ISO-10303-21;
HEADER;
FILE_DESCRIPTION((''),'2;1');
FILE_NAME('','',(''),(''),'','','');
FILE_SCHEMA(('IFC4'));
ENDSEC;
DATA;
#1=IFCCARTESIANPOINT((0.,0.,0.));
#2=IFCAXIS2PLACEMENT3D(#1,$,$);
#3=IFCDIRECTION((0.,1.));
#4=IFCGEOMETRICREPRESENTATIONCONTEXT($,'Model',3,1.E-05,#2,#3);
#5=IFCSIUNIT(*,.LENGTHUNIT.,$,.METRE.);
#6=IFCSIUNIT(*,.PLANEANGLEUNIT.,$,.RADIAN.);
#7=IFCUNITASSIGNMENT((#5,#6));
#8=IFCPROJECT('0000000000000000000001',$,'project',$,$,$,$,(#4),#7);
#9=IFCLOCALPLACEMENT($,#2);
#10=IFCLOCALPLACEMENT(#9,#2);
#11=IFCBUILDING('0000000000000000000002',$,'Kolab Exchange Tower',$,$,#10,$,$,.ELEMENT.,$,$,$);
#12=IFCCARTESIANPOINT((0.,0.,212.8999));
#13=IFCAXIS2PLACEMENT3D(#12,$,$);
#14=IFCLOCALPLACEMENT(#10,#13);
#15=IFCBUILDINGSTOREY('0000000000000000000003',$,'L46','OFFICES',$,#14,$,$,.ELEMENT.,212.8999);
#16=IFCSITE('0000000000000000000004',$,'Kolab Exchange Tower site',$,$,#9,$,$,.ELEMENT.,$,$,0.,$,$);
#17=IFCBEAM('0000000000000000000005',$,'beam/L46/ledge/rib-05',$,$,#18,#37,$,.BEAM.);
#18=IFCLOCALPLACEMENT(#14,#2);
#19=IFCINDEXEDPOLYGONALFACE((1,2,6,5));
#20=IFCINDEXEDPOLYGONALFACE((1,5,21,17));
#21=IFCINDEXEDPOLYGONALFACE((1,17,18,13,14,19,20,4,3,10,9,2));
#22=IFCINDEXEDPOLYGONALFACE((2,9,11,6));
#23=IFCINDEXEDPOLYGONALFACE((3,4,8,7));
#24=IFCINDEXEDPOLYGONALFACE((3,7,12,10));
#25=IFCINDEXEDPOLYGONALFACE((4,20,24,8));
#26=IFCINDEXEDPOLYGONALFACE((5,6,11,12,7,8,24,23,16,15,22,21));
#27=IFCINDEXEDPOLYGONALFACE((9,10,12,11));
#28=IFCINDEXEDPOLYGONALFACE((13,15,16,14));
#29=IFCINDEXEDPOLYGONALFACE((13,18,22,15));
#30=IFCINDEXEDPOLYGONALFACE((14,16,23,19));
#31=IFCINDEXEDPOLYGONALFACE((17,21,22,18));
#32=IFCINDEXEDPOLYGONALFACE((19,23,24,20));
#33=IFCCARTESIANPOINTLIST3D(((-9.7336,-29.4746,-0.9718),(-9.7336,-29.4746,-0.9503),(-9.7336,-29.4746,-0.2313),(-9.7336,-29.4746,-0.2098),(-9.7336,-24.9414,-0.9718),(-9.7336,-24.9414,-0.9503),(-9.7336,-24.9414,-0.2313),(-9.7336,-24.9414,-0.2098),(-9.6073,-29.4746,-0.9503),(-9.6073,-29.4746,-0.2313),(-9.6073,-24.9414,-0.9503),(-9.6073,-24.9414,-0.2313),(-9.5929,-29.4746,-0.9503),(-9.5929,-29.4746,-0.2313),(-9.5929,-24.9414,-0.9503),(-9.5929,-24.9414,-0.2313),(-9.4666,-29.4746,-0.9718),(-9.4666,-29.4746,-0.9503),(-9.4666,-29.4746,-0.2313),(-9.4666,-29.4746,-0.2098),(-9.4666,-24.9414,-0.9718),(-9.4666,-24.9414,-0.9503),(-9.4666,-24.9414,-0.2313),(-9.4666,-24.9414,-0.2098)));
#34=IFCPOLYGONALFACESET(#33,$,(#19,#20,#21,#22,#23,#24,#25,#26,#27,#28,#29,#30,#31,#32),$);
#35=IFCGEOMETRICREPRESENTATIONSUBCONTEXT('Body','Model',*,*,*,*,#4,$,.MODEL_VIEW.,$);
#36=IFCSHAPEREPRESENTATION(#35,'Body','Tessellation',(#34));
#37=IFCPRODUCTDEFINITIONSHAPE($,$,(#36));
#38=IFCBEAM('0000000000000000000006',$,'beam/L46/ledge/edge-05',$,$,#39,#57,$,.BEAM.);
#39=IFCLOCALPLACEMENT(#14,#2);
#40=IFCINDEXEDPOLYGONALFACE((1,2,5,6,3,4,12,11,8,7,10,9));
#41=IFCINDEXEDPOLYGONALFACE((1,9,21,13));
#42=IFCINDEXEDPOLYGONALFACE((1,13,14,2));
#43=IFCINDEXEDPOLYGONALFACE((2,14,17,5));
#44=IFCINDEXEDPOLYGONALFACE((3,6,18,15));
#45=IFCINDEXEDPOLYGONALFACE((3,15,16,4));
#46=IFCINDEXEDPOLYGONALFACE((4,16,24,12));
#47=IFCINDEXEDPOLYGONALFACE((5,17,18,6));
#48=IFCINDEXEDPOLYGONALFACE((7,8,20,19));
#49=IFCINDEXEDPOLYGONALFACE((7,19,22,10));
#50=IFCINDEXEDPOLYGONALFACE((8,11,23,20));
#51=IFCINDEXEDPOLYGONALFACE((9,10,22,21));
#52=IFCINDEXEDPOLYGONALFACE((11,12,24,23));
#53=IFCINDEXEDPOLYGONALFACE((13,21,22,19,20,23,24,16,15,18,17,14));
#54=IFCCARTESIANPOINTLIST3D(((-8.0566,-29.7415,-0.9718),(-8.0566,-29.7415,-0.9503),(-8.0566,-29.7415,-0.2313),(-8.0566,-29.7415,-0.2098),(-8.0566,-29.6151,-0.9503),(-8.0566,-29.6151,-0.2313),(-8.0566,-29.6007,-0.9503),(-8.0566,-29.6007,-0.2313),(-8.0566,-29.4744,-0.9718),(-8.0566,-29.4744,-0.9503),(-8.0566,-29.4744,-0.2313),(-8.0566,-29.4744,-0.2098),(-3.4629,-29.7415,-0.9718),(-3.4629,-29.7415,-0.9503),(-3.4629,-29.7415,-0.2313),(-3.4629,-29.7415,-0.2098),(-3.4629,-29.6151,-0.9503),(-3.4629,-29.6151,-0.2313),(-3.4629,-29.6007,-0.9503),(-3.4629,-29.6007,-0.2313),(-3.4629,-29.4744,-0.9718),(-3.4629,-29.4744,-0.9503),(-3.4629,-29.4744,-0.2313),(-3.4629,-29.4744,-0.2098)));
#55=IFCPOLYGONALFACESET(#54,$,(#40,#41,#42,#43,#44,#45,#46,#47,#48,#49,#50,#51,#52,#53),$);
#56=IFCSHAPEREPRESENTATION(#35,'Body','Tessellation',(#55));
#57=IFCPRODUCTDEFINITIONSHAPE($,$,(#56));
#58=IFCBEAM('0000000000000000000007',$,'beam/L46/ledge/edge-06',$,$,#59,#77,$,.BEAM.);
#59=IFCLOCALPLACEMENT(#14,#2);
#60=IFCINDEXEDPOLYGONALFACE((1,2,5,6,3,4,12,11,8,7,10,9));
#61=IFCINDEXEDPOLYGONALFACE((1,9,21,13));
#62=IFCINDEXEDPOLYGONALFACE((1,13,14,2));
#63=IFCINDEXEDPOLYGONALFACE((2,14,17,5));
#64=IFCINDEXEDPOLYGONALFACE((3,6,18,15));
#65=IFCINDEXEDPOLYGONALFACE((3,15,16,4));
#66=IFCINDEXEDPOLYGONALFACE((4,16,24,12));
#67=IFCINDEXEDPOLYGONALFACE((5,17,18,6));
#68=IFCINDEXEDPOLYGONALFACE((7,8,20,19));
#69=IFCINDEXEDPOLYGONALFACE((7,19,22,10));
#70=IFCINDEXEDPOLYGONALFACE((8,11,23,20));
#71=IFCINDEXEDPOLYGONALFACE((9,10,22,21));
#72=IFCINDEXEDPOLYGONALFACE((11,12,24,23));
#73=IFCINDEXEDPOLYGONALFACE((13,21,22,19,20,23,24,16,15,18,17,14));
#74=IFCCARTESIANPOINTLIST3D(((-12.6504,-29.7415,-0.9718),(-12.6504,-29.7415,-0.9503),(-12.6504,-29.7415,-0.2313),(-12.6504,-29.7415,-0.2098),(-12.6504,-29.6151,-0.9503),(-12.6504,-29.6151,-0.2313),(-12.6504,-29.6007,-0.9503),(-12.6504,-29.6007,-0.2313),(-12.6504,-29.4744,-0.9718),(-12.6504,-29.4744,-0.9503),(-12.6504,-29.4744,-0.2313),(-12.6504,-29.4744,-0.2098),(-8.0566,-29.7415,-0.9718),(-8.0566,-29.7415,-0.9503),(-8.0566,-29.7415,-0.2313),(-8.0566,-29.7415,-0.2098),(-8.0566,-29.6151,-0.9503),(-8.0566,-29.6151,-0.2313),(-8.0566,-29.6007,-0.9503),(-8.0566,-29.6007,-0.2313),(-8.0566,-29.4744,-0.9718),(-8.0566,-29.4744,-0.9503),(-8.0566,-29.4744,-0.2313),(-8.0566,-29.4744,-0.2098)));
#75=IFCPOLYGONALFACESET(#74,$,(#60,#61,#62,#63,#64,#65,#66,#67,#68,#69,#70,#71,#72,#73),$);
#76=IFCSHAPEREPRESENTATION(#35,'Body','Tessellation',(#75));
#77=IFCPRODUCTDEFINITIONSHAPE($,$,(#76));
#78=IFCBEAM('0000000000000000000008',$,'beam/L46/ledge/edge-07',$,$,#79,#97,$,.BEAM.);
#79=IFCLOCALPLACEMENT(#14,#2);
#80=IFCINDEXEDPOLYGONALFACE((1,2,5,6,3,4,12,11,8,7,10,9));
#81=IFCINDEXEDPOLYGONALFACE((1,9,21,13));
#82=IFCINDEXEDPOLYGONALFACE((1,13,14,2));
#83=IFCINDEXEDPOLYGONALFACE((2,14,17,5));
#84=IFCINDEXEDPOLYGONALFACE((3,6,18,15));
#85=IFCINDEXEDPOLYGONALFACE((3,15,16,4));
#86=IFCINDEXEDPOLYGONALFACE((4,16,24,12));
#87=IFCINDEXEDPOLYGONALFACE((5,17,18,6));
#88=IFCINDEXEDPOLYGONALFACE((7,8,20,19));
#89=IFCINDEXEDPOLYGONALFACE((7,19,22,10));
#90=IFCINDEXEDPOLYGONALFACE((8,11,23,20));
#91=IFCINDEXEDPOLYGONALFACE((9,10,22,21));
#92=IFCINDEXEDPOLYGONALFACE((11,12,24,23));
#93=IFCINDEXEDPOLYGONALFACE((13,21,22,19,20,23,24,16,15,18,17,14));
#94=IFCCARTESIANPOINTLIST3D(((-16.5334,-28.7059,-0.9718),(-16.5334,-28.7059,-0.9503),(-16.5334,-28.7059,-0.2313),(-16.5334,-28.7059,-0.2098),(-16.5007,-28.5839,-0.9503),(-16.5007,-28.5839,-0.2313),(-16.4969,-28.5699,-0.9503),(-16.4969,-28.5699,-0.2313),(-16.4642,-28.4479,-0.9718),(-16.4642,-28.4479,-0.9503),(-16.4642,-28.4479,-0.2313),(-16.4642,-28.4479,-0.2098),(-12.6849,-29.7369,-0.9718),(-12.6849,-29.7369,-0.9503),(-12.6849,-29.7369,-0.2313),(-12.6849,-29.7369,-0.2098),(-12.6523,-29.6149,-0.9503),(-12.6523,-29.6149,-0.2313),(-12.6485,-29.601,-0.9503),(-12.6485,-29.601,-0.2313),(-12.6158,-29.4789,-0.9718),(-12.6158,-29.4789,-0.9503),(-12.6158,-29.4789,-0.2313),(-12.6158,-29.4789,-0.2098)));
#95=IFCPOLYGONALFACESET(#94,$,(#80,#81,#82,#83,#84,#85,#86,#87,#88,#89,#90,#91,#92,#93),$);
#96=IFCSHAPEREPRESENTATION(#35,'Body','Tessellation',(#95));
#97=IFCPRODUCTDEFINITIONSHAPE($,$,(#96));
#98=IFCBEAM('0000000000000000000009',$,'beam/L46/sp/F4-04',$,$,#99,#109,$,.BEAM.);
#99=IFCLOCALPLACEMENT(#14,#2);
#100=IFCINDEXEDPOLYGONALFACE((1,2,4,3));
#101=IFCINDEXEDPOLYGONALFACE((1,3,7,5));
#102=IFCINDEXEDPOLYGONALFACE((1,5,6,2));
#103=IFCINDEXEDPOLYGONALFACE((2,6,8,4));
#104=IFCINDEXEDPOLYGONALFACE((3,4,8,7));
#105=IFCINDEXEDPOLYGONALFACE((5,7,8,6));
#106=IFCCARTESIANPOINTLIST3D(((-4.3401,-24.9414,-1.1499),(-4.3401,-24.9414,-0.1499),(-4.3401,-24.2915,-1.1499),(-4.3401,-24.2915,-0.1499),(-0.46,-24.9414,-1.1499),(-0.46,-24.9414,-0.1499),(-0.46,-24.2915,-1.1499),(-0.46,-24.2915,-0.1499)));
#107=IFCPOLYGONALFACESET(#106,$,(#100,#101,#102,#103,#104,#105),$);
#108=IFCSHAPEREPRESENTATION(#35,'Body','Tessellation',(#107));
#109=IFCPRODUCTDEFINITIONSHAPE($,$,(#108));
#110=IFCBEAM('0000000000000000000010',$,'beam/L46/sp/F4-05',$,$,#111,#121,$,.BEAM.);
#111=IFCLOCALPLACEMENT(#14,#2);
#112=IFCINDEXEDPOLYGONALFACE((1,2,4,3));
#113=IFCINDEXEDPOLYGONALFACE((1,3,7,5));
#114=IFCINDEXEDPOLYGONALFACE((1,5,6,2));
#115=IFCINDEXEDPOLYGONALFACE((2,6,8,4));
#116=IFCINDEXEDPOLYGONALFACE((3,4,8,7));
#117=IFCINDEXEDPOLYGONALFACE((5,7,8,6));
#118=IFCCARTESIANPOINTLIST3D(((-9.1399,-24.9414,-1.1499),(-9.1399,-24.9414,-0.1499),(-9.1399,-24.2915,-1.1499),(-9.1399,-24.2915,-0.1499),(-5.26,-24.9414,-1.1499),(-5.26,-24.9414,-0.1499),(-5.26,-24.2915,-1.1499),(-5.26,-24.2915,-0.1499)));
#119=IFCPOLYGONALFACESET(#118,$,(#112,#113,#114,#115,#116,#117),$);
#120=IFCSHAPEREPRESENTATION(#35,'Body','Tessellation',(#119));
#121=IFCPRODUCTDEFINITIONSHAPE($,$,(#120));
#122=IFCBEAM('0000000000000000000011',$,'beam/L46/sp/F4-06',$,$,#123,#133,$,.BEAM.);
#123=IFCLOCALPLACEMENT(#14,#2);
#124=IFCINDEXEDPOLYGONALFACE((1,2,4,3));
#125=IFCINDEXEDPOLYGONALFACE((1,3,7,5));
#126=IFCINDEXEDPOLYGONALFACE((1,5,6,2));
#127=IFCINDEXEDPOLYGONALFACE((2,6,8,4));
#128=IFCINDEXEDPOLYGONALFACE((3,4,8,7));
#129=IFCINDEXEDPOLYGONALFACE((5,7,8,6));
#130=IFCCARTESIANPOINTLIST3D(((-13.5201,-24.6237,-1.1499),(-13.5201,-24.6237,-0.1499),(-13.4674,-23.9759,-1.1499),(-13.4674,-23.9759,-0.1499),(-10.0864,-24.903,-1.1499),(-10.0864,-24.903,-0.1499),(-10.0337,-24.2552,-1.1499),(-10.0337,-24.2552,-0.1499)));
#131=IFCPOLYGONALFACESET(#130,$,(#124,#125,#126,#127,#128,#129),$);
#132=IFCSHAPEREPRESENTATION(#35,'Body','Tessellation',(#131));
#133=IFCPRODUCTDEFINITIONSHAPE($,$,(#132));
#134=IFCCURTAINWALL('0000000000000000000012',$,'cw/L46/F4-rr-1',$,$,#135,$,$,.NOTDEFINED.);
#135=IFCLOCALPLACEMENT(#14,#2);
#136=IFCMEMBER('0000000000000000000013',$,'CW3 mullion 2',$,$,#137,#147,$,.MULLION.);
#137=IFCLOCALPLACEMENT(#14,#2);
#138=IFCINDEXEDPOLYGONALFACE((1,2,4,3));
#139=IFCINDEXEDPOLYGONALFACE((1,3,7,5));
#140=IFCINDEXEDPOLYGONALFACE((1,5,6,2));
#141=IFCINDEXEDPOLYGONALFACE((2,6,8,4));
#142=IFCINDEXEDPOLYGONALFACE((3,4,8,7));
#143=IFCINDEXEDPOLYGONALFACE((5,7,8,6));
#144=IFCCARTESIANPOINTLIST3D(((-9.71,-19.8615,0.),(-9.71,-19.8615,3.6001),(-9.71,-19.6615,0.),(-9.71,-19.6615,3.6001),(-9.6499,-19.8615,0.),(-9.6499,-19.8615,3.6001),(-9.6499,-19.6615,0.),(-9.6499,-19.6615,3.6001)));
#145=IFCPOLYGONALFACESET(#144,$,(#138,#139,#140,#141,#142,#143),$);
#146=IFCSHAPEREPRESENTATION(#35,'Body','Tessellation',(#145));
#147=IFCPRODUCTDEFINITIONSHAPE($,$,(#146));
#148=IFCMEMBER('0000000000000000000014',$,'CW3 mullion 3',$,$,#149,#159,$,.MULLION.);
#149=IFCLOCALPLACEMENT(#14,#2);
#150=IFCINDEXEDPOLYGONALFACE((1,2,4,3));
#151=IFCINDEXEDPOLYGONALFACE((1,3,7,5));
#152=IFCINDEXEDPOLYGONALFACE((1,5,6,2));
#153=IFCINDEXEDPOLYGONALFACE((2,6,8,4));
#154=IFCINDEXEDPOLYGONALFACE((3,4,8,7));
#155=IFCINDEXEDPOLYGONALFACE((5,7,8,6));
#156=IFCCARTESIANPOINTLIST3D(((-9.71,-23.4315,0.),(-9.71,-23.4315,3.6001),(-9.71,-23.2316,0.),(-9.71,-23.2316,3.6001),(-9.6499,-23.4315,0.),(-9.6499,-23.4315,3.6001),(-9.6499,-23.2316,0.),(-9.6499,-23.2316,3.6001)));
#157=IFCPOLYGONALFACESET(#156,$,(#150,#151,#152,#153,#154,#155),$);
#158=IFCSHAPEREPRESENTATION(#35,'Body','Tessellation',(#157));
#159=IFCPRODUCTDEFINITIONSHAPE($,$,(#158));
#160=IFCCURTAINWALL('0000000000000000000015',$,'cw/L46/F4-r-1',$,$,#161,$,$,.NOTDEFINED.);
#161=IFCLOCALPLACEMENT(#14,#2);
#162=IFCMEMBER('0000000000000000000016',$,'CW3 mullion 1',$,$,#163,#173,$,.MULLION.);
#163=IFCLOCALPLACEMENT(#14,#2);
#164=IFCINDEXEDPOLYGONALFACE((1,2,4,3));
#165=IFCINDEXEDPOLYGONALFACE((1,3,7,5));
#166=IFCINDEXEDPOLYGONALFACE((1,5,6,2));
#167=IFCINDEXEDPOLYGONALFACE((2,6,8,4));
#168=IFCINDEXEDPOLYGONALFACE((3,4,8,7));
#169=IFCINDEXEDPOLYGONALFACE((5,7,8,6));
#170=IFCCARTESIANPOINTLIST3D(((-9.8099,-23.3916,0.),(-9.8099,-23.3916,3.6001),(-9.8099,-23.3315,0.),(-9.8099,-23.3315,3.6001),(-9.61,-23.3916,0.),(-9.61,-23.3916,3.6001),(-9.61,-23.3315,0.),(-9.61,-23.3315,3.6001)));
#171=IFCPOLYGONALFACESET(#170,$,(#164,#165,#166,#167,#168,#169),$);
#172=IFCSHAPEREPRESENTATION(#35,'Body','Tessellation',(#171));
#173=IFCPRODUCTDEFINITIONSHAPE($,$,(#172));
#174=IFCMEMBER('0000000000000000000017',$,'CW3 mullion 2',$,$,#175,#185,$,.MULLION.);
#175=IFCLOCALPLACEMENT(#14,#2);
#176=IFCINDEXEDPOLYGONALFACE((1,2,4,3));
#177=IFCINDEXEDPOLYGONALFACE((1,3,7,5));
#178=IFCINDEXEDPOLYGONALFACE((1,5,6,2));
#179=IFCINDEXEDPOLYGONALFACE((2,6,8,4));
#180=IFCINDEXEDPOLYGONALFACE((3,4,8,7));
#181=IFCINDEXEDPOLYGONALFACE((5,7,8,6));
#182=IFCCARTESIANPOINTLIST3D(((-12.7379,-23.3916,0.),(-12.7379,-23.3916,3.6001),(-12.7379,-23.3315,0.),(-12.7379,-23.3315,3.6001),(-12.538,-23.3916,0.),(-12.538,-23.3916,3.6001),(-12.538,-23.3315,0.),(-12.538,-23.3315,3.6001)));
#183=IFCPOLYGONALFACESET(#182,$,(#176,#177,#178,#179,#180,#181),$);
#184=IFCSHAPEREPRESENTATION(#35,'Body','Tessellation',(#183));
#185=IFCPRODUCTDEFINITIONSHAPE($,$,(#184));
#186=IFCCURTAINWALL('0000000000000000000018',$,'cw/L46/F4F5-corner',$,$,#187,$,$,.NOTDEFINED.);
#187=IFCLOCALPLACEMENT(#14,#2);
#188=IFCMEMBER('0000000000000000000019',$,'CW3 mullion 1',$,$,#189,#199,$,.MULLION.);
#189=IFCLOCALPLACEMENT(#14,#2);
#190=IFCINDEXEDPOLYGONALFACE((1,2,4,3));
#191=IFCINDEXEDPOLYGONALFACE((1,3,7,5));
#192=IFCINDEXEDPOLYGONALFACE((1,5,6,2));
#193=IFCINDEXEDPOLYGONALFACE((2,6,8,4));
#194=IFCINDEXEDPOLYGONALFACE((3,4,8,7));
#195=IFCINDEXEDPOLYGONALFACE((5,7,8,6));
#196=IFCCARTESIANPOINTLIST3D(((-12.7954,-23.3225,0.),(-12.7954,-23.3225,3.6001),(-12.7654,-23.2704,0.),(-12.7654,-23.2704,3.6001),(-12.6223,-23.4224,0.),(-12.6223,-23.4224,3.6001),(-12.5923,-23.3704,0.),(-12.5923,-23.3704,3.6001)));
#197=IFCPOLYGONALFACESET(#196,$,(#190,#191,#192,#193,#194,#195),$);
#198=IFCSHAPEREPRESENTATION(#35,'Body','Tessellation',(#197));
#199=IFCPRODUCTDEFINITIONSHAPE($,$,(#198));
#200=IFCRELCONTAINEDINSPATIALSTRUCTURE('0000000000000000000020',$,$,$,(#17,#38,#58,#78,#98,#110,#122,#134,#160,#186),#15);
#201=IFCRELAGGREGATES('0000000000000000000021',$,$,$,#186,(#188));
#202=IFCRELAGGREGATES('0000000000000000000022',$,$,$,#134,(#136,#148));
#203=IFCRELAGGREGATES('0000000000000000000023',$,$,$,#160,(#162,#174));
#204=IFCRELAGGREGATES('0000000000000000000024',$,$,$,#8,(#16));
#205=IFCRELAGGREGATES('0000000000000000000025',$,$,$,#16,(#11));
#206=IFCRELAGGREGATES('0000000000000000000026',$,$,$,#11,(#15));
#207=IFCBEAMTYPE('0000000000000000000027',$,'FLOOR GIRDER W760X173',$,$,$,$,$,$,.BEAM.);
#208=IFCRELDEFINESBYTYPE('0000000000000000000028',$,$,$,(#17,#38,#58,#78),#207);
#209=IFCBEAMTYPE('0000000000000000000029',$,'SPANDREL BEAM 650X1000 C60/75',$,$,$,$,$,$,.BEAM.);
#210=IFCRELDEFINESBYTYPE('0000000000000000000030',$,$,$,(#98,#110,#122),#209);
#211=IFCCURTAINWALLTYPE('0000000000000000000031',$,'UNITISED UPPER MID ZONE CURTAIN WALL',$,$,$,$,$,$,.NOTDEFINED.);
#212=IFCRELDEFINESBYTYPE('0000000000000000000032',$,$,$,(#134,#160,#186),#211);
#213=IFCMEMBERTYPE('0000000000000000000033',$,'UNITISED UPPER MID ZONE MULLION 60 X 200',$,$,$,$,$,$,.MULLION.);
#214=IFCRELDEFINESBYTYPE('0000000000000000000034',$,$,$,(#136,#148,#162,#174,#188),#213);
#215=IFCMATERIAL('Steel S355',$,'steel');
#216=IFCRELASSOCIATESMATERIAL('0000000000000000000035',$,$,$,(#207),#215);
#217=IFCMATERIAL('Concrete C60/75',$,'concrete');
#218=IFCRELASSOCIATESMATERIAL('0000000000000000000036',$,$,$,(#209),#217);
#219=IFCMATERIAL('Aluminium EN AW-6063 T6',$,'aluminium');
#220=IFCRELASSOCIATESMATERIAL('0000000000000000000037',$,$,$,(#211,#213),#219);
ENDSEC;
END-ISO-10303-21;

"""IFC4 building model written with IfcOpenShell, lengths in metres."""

from ifc_helpers import new_model, si_unit, direction, frame, origin, origin_2d, place, context, subcontext, project, spatial, rectangle, i_section, extrude, material, material_profile, profile_set, type_object, element, aggregate, save


model = new_model("IFC4")

# Units and contexts
model_context = context("Model", 3, precision=1e-05, world=origin(), true_north=direction((0.0, 1.0)))
body_context = subcontext(model_context, "Body", "Model", "MODEL_VIEW")
ifc_project = project(units=[si_unit("LENGTHUNIT", "METRE"), si_unit("PLANEANGLEUNIT", "RADIAN")], contexts=[model_context])

# Site, building, storey
site_placement = place(None, origin())
site = spatial("IfcSite", under=ifc_project, at=site_placement, Name="Kolab Exchange Tower site", CompositionType="ELEMENT", RefElevation=0.0)
building_placement = place(site_placement, origin())
building = spatial("IfcBuilding", under=site, at=building_placement, Name="Kolab Exchange Tower", CompositionType="ELEMENT")
storey_placement = place(building_placement, frame((0.0, 0.0, 212.8999)))
storey = spatial("IfcBuildingStorey", under=building, at=storey_placement, Name="L46", Description="OFFICES", CompositionType="ELEMENT", Elevation=212.8999)

# Shared definitions
ifc_material_1 = material(Name="Concrete C60/75", Category="concrete")

# Beams
ifc_material_2 = material(Name="Steel S355", Category="steel")
ifc_material_profile_1 = material_profile(ifc_material_2, i_section(OverallWidth=0.2671, OverallDepth=0.762, WebThickness=0.0144, FlangeThickness=0.0215, at=origin_2d()), Name="W760X173")
ifc_profile_set_1 = profile_set([ifc_material_profile_1], Name="Steel S355")
beam_type_1 = type_object("IfcBeamType", Name="FLOOR GIRDER W760X173", PredefinedType="BEAM", material=ifc_profile_set_1)
for number, where, z_axis, x_axis, name in (
    (1, (-9.6001, -24.9414, -0.5908), (0.0, -1.0, 0.0), (1.0, 0.0, 0.0), "beam/L46/ledge/rib-05"),
):
    element("IfcBeam", number, at=place(storey_placement, frame(where, z_axis=z_axis, x_axis=x_axis)), inside=storey, type_object=beam_type_1, Name=name, PredefinedType="BEAM", context=body_context, shape_type="SweptSolid", body=[
        extrude(i_section(OverallWidth=0.2671, OverallDepth=0.762, WebThickness=0.0144, FlangeThickness=0.0215, at=origin_2d()), origin(), (0.0, 0.0, 1.0), 4.5332),
    ])
for number, where, z_axis, x_axis, name in (
    (2, (-3.4629, -29.6079, -0.5908), (-1.0, 0.0, 0.0), (0.0, -1.0, 0.0), "beam/L46/ledge/edge-05"),
    (3, (-8.0566, -29.6079, -0.5908), (-1.0, 0.0, 0.0), (0.0, -1.0, 0.0), "beam/L46/ledge/edge-06"),
):
    element("IfcBeam", number, at=place(storey_placement, frame(where, z_axis=z_axis, x_axis=x_axis)), inside=storey, type_object=beam_type_1, Name=name, PredefinedType="BEAM", context=body_context, shape_type="SweptSolid", body=[
        extrude(i_section(OverallWidth=0.2671, OverallDepth=0.762, WebThickness=0.0144, FlangeThickness=0.0215, at=origin_2d()), origin(), (0.0, 0.0, 1.0), 4.5938),
    ])
beam_1_placement = place(storey_placement, frame((-12.6504, -29.6079, -0.5908), z_axis=(-0.965936, 0.25878, 0.0), x_axis=(-0.25878, -0.965936, 0.0)))
element("IfcBeam", 4, at=beam_1_placement, inside=storey, type_object=beam_type_1, Name="beam/L46/ledge/edge-07", PredefinedType="BEAM", context=body_context, shape_type="SweptSolid", body=[
    extrude(i_section(OverallWidth=0.2671, OverallDepth=0.762, WebThickness=0.0144, FlangeThickness=0.0215, at=origin_2d()), origin(), (0.0, 0.0, 1.0), 3.9841),
])
ifc_material_profile_2 = material_profile(ifc_material_1, rectangle(XDim=0.6499, YDim=1.0, at=origin_2d()), Name="RC650X1000")
ifc_profile_set_2 = profile_set([ifc_material_profile_2], Name="Concrete C60/75")
beam_type_2 = type_object("IfcBeamType", Name="SPANDREL BEAM 650X1000 C60/75", PredefinedType="BEAM", material=ifc_profile_set_2)
beam_2_placement = place(storey_placement, frame((-0.46, -24.6165, -0.6499), z_axis=(-1.0, 0.0, 0.0), x_axis=(0.0, -1.0, 0.0)))
element("IfcBeam", 5, at=beam_2_placement, inside=storey, type_object=beam_type_2, Name="beam/L46/sp/F4-04", PredefinedType="BEAM", context=body_context, shape_type="SweptSolid", body=[
    extrude(rectangle(XDim=0.6499, YDim=1.0, at=origin_2d()), origin(), (0.0, 0.0, 1.0), 3.8801),
])
beam_3_placement = place(storey_placement, frame((-5.26, -24.6165, -0.6499), z_axis=(-1.0, 0.0, 0.0), x_axis=(0.0, -1.0, 0.0)))
element("IfcBeam", 6, at=beam_3_placement, inside=storey, type_object=beam_type_2, Name="beam/L46/sp/F4-05", PredefinedType="BEAM", context=body_context, shape_type="SweptSolid", body=[
    extrude(rectangle(XDim=0.6499, YDim=1.0, at=origin_2d()), origin(), (0.0, 0.0, 1.0), 3.8799),
])
beam_4_placement = place(storey_placement, frame((-10.0601, -24.5791, -0.6499), z_axis=(-0.996708, 0.081069, 0.0), x_axis=(-0.081069, -0.996708, 0.0)))
element("IfcBeam", 7, at=beam_4_placement, inside=storey, type_object=beam_type_2, Name="beam/L46/sp/F4-06", PredefinedType="BEAM", context=body_context, shape_type="SweptSolid", body=[
    extrude(rectangle(XDim=0.6499, YDim=1.0, at=origin_2d()), origin(), (0.0, 0.0, 1.0), 3.4451),
])

# Curtain walls, members
ifc_material_3 = material(Name="Aluminium EN AW-6063 T6", Category="aluminium")
curtain_wall_type = type_object("IfcCurtainWallType", Name="UNITISED UPPER MID ZONE CURTAIN WALL", PredefinedType="NOTDEFINED", material=ifc_material_3)
curtain_wall_1_placement = place(storey_placement, origin())
curtain_wall_1 = element("IfcCurtainWall", 8, at=curtain_wall_1_placement, inside=storey, type_object=curtain_wall_type, Name="cw/L46/F4-rr-1", PredefinedType="NOTDEFINED")
ifc_material_profile_3 = material_profile(ifc_material_3, rectangle(XDim=0.0601, YDim=0.2, at=origin_2d()), Name="RECT 60X200")
ifc_profile_set_3 = profile_set([ifc_material_profile_3], Name="Aluminium EN AW-6063 T6")
member_type_1 = type_object("IfcMemberType", Name="UNITISED UPPER MID ZONE MULLION 60 X 200", PredefinedType="MULLION", material=ifc_profile_set_3)
member_1_placement = place(storey_placement, frame((-9.6799, -19.7615, 0.0), z_axis=(0.0, 0.0, 1.0), x_axis=(1.0, 0.0, 0.0)))
member_1 = element("IfcMember", 9, at=member_1_placement, type_object=member_type_1, Name="CW3 mullion 2", PredefinedType="MULLION", context=body_context, shape_type="SweptSolid", body=[
    extrude(rectangle(XDim=0.0601, YDim=0.2, at=origin_2d()), origin(), (0.0, 0.0, 1.0), 3.6001),
])
member_2_placement = place(storey_placement, frame((-9.6799, -23.3315, 0.0), z_axis=(0.0, 0.0, 1.0), x_axis=(1.0, 0.0, 0.0)))
member_2 = element("IfcMember", 10, at=member_2_placement, type_object=member_type_1, Name="CW3 mullion 3", PredefinedType="MULLION", context=body_context, shape_type="SweptSolid", body=[
    extrude(rectangle(XDim=0.0601, YDim=0.2, at=origin_2d()), origin(), (0.0, 0.0, 1.0), 3.6001),
])
curtain_wall_2_placement = place(storey_placement, origin())
curtain_wall_2 = element("IfcCurtainWall", 11, at=curtain_wall_2_placement, inside=storey, type_object=curtain_wall_type, Name="cw/L46/F4-r-1", PredefinedType="NOTDEFINED")
member_3_placement = place(storey_placement, frame((-9.71, -23.3616, 0.0), z_axis=(0.0, 0.0, 1.0), x_axis=(0.0, -1.0, 0.0)))
member_3 = element("IfcMember", 12, at=member_3_placement, type_object=member_type_1, Name="CW3 mullion 1", PredefinedType="MULLION", context=body_context, shape_type="SweptSolid", body=[
    extrude(rectangle(XDim=0.0601, YDim=0.2, at=origin_2d()), origin(), (0.0, 0.0, 1.0), 3.6001),
])
member_4_placement = place(storey_placement, frame((-12.6379, -23.3616, 0.0), z_axis=(0.0, 0.0, 1.0), x_axis=(0.0, -1.0, 0.0)))
member_4 = element("IfcMember", 13, at=member_4_placement, type_object=member_type_1, Name="CW3 mullion 2", PredefinedType="MULLION", context=body_context, shape_type="SweptSolid", body=[
    extrude(rectangle(XDim=0.0601, YDim=0.2, at=origin_2d()), origin(), (0.0, 0.0, 1.0), 3.6001),
])

# Curtain wall, member
curtain_wall_3_placement = place(storey_placement, origin())
curtain_wall_3 = element("IfcCurtainWall", 14, at=curtain_wall_3_placement, inside=storey, type_object=curtain_wall_type, Name="cw/L46/F4F5-corner", PredefinedType="NOTDEFINED")
member_5_placement = place(storey_placement, frame((-12.6938, -23.3464, 0.0), z_axis=(0.0, 0.0, 1.0), x_axis=(-0.5, -0.866025, 0.0)))
member_5 = element("IfcMember", 15, at=member_5_placement, type_object=member_type_1, Name="CW3 mullion 1", PredefinedType="MULLION", context=body_context, shape_type="SweptSolid", body=[
    extrude(rectangle(XDim=0.0601, YDim=0.2, at=origin_2d()), origin(), (0.0, 0.0, 1.0), 3.6001),
])
aggregate(curtain_wall_3, [member_5])

aggregate(curtain_wall_1, [member_1, member_2])
aggregate(curtain_wall_2, [member_3, member_4])

save(model, "model.ifc")
